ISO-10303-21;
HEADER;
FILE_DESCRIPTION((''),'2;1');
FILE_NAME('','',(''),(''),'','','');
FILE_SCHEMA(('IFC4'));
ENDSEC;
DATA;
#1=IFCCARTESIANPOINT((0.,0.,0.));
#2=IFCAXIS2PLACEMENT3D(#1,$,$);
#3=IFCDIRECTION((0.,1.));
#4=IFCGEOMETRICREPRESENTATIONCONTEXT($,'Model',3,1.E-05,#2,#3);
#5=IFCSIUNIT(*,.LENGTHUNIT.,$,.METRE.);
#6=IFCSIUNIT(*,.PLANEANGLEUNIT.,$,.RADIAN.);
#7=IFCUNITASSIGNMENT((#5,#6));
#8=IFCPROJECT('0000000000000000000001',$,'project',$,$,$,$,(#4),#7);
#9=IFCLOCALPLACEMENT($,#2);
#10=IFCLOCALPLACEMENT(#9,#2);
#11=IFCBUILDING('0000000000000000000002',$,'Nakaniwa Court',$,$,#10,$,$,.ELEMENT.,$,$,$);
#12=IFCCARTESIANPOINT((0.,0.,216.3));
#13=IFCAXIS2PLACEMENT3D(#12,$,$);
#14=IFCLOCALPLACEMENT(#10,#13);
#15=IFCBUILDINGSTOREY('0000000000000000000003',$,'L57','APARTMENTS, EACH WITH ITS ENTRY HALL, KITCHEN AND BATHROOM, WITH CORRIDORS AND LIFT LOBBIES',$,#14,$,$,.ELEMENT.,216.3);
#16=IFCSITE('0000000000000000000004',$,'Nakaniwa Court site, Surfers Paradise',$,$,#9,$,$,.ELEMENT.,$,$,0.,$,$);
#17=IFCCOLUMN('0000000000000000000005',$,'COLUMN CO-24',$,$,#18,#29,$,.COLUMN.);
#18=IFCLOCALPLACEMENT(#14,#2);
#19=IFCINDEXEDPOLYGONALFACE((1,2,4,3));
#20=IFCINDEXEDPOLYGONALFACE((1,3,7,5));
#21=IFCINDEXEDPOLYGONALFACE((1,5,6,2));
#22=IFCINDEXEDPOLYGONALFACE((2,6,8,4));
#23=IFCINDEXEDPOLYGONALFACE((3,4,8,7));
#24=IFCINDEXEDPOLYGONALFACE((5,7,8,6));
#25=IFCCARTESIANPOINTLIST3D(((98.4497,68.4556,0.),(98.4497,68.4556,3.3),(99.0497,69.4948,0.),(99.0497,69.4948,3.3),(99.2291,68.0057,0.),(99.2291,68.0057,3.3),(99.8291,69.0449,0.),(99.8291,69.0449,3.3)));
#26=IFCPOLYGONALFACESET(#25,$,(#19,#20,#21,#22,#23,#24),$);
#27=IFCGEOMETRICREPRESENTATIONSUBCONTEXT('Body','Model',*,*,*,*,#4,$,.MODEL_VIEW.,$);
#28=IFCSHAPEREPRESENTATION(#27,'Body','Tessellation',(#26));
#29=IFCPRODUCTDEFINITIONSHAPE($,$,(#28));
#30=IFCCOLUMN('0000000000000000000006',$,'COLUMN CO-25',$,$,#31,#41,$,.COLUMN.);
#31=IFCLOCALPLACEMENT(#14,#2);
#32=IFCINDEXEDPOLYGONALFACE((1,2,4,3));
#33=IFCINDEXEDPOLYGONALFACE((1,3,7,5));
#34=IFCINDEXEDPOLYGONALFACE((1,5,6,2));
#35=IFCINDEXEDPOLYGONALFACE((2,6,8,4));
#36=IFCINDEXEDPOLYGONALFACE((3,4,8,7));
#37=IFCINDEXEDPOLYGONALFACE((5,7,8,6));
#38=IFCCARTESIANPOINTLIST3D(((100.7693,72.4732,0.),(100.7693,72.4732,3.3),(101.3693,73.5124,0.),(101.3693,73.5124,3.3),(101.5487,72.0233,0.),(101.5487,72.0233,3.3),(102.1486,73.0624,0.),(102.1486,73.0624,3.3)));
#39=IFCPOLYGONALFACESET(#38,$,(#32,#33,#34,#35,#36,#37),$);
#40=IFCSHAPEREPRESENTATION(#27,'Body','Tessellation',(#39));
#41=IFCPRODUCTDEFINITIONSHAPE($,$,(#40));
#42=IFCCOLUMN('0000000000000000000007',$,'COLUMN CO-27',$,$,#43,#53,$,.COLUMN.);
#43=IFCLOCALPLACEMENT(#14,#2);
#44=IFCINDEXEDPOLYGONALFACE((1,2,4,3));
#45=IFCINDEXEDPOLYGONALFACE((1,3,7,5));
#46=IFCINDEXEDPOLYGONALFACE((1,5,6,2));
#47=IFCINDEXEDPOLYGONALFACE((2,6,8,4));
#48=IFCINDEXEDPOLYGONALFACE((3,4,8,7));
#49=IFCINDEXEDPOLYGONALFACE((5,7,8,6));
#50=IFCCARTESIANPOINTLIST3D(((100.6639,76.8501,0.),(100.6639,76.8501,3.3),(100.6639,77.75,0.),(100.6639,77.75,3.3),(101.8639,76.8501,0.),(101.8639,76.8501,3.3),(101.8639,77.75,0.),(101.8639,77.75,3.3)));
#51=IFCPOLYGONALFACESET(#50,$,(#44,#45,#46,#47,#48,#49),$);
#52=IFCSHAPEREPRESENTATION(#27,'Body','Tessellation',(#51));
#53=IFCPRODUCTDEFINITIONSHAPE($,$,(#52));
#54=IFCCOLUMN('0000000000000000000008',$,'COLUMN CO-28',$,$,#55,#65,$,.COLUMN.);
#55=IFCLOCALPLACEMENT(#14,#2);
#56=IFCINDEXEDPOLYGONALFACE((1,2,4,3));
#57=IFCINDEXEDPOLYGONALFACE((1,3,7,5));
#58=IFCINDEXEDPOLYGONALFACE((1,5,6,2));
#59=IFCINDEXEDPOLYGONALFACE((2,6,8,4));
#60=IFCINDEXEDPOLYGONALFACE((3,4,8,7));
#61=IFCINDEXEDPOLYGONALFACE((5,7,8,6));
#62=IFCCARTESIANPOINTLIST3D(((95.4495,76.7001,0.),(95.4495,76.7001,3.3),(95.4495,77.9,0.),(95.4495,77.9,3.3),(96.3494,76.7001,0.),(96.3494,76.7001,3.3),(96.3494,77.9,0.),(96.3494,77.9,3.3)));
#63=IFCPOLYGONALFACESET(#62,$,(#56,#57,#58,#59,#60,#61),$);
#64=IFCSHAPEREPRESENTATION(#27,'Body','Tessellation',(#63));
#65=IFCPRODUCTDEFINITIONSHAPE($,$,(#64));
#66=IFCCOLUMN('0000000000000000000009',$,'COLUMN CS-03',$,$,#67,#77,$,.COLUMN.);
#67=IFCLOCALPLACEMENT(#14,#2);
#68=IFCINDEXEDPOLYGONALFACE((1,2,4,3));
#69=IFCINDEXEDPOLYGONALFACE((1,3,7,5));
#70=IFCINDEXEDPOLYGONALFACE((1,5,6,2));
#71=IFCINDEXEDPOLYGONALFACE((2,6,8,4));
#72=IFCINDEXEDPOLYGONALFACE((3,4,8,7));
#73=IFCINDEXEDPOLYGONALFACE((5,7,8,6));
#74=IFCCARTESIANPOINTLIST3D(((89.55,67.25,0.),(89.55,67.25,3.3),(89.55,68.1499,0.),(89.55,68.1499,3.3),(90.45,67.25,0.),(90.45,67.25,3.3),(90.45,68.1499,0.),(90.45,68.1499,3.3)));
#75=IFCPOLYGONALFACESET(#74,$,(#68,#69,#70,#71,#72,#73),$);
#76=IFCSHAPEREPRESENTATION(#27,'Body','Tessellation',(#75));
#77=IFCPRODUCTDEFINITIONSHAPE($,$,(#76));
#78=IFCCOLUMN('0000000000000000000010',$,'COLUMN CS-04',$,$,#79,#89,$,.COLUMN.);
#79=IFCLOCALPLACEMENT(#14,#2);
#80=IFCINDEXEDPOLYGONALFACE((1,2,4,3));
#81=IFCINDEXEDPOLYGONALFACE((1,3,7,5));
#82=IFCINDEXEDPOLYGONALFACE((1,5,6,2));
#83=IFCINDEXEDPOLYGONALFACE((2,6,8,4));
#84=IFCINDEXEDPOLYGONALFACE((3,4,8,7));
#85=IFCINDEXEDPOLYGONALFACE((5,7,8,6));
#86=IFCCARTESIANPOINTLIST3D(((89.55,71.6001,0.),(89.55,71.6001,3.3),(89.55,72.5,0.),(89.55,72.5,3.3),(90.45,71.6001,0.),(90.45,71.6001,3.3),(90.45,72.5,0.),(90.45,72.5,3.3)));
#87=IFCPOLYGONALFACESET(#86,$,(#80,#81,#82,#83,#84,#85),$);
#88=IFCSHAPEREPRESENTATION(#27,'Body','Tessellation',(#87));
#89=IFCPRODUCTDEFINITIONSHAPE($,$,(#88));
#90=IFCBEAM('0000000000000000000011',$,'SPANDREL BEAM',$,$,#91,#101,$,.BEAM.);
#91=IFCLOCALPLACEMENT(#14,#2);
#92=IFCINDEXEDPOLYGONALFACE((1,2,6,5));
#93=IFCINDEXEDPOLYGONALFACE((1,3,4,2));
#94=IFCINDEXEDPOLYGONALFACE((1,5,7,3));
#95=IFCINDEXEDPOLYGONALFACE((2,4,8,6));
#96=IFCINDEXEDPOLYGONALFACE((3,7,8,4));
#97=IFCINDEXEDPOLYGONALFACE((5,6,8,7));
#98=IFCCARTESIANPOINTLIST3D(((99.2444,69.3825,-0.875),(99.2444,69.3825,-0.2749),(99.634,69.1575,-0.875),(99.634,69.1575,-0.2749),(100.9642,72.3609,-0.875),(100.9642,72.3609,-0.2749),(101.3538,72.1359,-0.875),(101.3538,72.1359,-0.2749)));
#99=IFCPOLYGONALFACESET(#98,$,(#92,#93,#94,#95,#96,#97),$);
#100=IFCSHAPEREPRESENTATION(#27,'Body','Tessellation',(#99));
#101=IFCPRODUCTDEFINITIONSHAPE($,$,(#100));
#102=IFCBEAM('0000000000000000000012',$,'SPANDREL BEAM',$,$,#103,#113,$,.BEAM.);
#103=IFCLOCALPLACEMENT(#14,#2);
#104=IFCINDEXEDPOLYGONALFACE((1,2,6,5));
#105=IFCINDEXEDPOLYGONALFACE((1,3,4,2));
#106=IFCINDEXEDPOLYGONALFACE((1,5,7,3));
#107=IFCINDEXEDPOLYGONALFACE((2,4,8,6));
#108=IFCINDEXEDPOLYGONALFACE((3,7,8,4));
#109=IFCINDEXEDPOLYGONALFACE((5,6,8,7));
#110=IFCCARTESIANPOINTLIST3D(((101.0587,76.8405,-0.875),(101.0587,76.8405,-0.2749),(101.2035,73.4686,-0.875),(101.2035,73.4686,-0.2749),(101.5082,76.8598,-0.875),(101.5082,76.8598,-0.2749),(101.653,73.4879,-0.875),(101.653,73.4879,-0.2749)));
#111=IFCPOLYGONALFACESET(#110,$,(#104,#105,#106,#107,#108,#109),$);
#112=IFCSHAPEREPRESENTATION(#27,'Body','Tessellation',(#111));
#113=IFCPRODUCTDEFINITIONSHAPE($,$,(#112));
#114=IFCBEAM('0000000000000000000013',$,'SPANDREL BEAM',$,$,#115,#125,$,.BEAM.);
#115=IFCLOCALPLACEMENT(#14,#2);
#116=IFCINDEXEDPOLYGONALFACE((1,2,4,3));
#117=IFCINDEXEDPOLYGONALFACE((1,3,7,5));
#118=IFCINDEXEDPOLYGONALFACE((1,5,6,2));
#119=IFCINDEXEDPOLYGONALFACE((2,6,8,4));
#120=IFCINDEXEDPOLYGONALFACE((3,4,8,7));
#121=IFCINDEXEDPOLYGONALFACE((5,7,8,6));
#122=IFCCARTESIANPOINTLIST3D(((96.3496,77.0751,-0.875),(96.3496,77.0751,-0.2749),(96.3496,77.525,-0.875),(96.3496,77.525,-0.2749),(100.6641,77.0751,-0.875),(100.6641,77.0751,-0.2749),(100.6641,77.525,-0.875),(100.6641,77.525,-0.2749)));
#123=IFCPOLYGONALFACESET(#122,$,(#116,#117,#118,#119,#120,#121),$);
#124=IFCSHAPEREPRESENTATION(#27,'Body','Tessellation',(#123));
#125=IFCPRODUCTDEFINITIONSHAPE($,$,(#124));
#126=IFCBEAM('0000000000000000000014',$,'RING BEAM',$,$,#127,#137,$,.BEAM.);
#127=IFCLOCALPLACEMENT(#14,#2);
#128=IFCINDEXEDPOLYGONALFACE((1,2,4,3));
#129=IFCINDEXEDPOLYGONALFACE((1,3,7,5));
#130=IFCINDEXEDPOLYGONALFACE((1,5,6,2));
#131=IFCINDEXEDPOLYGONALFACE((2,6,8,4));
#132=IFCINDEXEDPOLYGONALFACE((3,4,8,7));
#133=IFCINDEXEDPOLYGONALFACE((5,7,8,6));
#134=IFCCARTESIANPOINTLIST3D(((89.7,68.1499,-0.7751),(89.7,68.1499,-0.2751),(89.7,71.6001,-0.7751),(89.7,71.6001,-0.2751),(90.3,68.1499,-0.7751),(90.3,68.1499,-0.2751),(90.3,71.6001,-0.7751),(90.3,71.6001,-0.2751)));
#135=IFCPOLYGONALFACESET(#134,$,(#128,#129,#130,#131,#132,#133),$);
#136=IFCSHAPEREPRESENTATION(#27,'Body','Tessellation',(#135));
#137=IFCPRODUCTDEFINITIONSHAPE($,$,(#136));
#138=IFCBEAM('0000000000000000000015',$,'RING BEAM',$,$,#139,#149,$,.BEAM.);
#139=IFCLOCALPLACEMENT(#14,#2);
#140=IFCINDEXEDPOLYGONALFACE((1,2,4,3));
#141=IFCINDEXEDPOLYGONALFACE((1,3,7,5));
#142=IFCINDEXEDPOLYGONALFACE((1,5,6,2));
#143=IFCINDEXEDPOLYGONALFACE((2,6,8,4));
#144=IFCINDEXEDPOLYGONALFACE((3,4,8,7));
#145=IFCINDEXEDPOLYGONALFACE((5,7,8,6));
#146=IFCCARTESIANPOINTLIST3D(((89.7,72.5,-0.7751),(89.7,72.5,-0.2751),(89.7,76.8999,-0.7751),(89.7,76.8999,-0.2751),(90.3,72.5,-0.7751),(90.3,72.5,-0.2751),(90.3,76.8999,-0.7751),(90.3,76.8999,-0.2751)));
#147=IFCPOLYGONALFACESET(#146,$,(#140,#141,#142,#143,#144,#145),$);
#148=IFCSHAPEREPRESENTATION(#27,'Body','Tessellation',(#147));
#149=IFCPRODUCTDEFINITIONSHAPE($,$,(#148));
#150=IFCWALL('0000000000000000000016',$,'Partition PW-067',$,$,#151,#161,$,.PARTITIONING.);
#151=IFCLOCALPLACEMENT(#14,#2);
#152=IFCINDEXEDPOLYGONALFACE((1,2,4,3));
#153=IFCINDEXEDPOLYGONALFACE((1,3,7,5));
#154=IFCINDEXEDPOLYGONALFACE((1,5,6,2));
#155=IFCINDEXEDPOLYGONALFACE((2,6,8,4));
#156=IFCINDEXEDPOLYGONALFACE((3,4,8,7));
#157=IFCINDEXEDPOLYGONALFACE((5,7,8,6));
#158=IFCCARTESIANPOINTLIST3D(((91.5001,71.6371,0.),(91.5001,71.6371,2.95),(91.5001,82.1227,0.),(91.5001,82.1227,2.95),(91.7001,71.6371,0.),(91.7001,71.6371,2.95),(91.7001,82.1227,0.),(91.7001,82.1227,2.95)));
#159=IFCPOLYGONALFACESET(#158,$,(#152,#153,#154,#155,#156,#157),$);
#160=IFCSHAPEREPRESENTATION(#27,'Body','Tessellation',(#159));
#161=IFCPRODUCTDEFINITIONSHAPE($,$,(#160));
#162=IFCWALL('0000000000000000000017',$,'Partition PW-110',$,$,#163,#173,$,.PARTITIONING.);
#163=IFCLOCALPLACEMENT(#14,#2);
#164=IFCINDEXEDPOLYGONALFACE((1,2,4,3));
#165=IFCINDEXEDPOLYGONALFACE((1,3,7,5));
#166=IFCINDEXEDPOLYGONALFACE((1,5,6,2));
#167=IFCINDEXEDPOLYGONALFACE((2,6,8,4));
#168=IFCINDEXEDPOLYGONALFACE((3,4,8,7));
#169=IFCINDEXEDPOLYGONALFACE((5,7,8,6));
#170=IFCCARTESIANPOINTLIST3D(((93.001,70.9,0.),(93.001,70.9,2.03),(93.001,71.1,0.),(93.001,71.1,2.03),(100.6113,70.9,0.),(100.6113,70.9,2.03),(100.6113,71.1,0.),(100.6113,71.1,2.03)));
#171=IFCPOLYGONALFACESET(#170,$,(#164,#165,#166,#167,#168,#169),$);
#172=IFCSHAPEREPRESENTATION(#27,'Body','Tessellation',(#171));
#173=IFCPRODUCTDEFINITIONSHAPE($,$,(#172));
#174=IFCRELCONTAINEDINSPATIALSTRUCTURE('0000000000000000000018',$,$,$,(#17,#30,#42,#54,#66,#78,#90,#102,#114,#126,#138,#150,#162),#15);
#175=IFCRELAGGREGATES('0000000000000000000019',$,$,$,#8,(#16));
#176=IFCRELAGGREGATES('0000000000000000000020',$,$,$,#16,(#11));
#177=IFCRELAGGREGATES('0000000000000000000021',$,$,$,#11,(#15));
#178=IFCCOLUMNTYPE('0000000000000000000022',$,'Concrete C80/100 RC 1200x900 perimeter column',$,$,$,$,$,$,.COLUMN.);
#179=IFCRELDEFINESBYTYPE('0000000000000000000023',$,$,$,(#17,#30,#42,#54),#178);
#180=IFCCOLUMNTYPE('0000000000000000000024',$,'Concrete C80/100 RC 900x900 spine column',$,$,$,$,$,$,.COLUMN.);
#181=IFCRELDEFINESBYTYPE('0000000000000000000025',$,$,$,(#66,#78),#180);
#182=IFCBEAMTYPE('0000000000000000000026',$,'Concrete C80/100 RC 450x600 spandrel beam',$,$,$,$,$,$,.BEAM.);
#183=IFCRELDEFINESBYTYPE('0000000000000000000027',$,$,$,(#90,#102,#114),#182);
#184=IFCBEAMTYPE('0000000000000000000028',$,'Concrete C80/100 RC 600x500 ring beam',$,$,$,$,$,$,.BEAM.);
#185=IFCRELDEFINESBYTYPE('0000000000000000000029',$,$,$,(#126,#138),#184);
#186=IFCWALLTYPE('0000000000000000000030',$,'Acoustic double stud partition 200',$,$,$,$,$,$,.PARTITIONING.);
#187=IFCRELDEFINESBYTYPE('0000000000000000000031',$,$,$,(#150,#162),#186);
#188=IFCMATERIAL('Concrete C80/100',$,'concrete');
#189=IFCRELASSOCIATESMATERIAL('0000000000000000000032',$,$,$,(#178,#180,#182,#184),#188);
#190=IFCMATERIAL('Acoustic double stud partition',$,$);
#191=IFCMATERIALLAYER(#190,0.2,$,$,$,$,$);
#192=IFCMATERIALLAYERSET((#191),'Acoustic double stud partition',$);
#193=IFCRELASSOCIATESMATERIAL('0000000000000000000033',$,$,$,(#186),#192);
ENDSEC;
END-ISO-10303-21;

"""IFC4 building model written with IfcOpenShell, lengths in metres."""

from ifc_helpers import new_model, si_unit, direction, frame, frame_2d, origin, origin_2d, place, context, subcontext, project, spatial, rectangle, extrude, material, layer, layer_set, material_profile, profile_set, type_object, element, save


model = new_model("IFC4")

# Units and contexts
model_context = context("Model", 3, precision=1e-05, world=origin(), true_north=direction((0.0, 1.0)))
body_context = subcontext(model_context, "Body", "Model", "MODEL_VIEW")
ifc_project = project(units=[si_unit("LENGTHUNIT", "METRE"), si_unit("PLANEANGLEUNIT", "RADIAN")], contexts=[model_context])

# Site, building, storey
site_placement = place(None, origin())
site = spatial("IfcSite", under=ifc_project, at=site_placement, Name="Nakaniwa Court site, Surfers Paradise", CompositionType="ELEMENT", RefElevation=0.0)
building_placement = place(site_placement, origin())
building = spatial("IfcBuilding", under=site, at=building_placement, Name="Nakaniwa Court", CompositionType="ELEMENT")
storey_placement = place(building_placement, frame((0.0, 0.0, 216.3)))
storey = spatial("IfcBuildingStorey", under=building, at=storey_placement, Name="L57", Description="APARTMENTS, EACH WITH ITS ENTRY HALL, KITCHEN AND BATHROOM, WITH CORRIDORS AND LIFT LOBBIES", CompositionType="ELEMENT", Elevation=216.3)

# Columns
ifc_material_1 = material(Name="Concrete C80/100", Category="concrete")
ifc_material_profile_1 = material_profile(ifc_material_1, rectangle(XDim=1.2, YDim=0.8999, at=origin_2d()), Name="Concrete C80/100 RC 1200x900 perimeter column")
ifc_profile_set_1 = profile_set([ifc_material_profile_1], Name="Concrete C80/100")
column_type_1 = type_object("IfcColumnType", Name="Concrete C80/100 RC 1200x900 perimeter column", PredefinedType="COLUMN", material=ifc_profile_set_1)
for number, where, z_axis, x_axis, name in (
    (1, (99.1394, 68.7502, 0.0), (0.0, 0.0, 1.0), (0.5, 0.866025, 0.0), "COLUMN CO-24"),
    (2, (101.459, 72.7678, 0.0), (0.0, 0.0, 1.0), (0.5, 0.866025, 0.0), "COLUMN CO-25"),
    (3, (101.2639, 77.3, 0.0), (0.0, 0.0, 1.0), (-1.0, 0.0, 0.0), "COLUMN CO-27"),
    (4, (95.8994, 77.3, 0.0), (0.0, 0.0, 1.0), (0.0, 1.0, 0.0), "COLUMN CO-28"),
):
    element("IfcColumn", number, at=place(storey_placement, frame(where, z_axis=z_axis, x_axis=x_axis)), inside=storey, type_object=column_type_1, Name=name, PredefinedType="COLUMN", context=body_context, shape_type="SweptSolid", body=[
        extrude(rectangle(XDim=1.2, YDim=0.8999, at=origin_2d()), origin(), (0.0, 0.0, 1.0), 3.3),
    ])
ifc_material_profile_2 = material_profile(ifc_material_1, rectangle(XDim=0.8999, YDim=0.8999, at=origin_2d()), Name="Concrete C80/100 RC 900x900 spine column")
ifc_profile_set_2 = profile_set([ifc_material_profile_2], Name="Concrete C80/100")
column_type_2 = type_object("IfcColumnType", Name="Concrete C80/100 RC 900x900 spine column", PredefinedType="COLUMN", material=ifc_profile_set_2)
for number, where, z_axis, x_axis, name in (
    (5, (90.0, 67.7, 0.0), (0.0, 0.0, 1.0), (0.0, 1.0, 0.0), "COLUMN CS-03"),
    (6, (90.0, 72.05, 0.0), (0.0, 0.0, 1.0), (0.0, 1.0, 0.0), "COLUMN CS-04"),
):
    element("IfcColumn", number, at=place(storey_placement, frame(where, z_axis=z_axis, x_axis=x_axis)), inside=storey, type_object=column_type_2, Name=name, PredefinedType="COLUMN", context=body_context, shape_type="SweptSolid", body=[
        extrude(rectangle(XDim=0.8999, YDim=0.8999, at=origin_2d()), origin(), (0.0, 0.0, 1.0), 3.3),
    ])

# Beams
ifc_material_profile_3 = material_profile(ifc_material_1, rectangle(XDim=0.45, YDim=0.6001, at=origin_2d()), Name="Concrete C80/100 RC 450x600 spandrel beam")
ifc_profile_set_3 = profile_set([ifc_material_profile_3], Name="Concrete C80/100")
beam_type_1 = type_object("IfcBeamType", Name="Concrete C80/100 RC 450x600 spandrel beam", PredefinedType="BEAM", material=ifc_profile_set_3)
beam_1_placement = place(storey_placement, frame((99.4392, 69.27, -0.575), z_axis=(0.500048, 0.865998, 0.0), x_axis=(-0.865998, 0.500048, 0.0)))
element("IfcBeam", 7, at=beam_1_placement, inside=storey, type_object=beam_type_1, Name="SPANDREL BEAM", PredefinedType="BEAM", context=body_context, shape_type="SweptSolid", body=[
    extrude(rectangle(XDim=0.45, YDim=0.6001, at=origin_2d()), origin(), (0.0, 0.0, 1.0), 3.4392),
])
beam_2_placement = place(storey_placement, frame((101.4282, 73.4783, -0.575), z_axis=(-0.042897, 0.999079, 0.0), x_axis=(-0.999079, -0.042897, 0.0)))
element("IfcBeam", 8, at=beam_2_placement, inside=storey, type_object=beam_type_1, Name="SPANDREL BEAM", PredefinedType="BEAM", context=body_context, shape_type="SweptSolid", body=[
    extrude(rectangle(XDim=0.45, YDim=0.6001, at=origin_2d()), origin(), (0.0, 0.0, 1.0), 3.375),
])
beam_3_placement = place(storey_placement, frame((100.6641, 77.3, -0.575), z_axis=(-1.0, 0.0, 0.0), x_axis=(0.0, -1.0, 0.0)))
element("IfcBeam", 9, at=beam_3_placement, inside=storey, type_object=beam_type_1, Name="SPANDREL BEAM", PredefinedType="BEAM", context=body_context, shape_type="SweptSolid", body=[
    extrude(rectangle(XDim=0.45, YDim=0.6001, at=origin_2d()), origin(), (0.0, 0.0, 1.0), 4.3145),
])
ifc_material_profile_4 = material_profile(ifc_material_1, rectangle(XDim=0.6001, YDim=0.5, at=origin_2d()), Name="Concrete C80/100 RC 600x500 ring beam")
ifc_profile_set_4 = profile_set([ifc_material_profile_4], Name="Concrete C80/100")
beam_type_2 = type_object("IfcBeamType", Name="Concrete C80/100 RC 600x500 ring beam", PredefinedType="BEAM", material=ifc_profile_set_4)
beam_4_placement = place(storey_placement, frame((90.0, 68.1499, -0.5251), z_axis=(0.0, 1.0, 0.0), x_axis=(-1.0, 0.0, 0.0)))
element("IfcBeam", 10, at=beam_4_placement, inside=storey, type_object=beam_type_2, Name="RING BEAM", PredefinedType="BEAM", context=body_context, shape_type="SweptSolid", body=[
    extrude(rectangle(XDim=0.6001, YDim=0.5, at=origin_2d()), origin(), (0.0, 0.0, 1.0), 3.4502),
])
beam_5_placement = place(storey_placement, frame((90.0, 72.5, -0.5251), z_axis=(0.0, 1.0, 0.0), x_axis=(-1.0, 0.0, 0.0)))
element("IfcBeam", 11, at=beam_5_placement, inside=storey, type_object=beam_type_2, Name="RING BEAM", PredefinedType="BEAM", context=body_context, shape_type="SweptSolid", body=[
    extrude(rectangle(XDim=0.6001, YDim=0.5, at=origin_2d()), origin(), (0.0, 0.0, 1.0), 4.3999),
])

# Walls
ifc_material_2 = material(Name="Acoustic double stud partition")
ifc_layer_1 = layer(ifc_material_2, 0.2)
ifc_layer_set_1 = layer_set([ifc_layer_1], Name="Acoustic double stud partition")
wall_type_1 = type_object("IfcWallType", Name="Acoustic double stud partition 200", PredefinedType="PARTITIONING", material=ifc_layer_set_1)
wall_1_placement = place(storey_placement, frame((91.6001, 71.6372, 0.0), z_axis=(0.0, 0.0, 1.0), x_axis=(0.0, 1.0, 0.0)))
element("IfcWall", 12, at=wall_1_placement, inside=storey, type_object=wall_type_1, Name="Partition PW-067", PredefinedType="PARTITIONING", context=body_context, shape_type="SweptSolid", body=[
    extrude(rectangle(XDim=10.4856, YDim=0.2, at=frame_2d((5.2427, 0.0))), origin(), (0.0, 0.0, 1.0), 2.95),
])
wall_2_placement = place(storey_placement, frame((93.001, 71.0, 0.0), z_axis=(0.0, 0.0, 1.0), x_axis=(1.0, 0.0, 0.0)))
element("IfcWall", 13, at=wall_2_placement, inside=storey, type_object=wall_type_1, Name="Partition PW-110", PredefinedType="PARTITIONING", context=body_context, shape_type="SweptSolid", body=[
    extrude(rectangle(XDim=7.6104, YDim=0.2, at=frame_2d((3.8052, 0.0))), origin(), (0.0, 0.0, 1.0), 2.03),
])

save(model, "model.ifc")
